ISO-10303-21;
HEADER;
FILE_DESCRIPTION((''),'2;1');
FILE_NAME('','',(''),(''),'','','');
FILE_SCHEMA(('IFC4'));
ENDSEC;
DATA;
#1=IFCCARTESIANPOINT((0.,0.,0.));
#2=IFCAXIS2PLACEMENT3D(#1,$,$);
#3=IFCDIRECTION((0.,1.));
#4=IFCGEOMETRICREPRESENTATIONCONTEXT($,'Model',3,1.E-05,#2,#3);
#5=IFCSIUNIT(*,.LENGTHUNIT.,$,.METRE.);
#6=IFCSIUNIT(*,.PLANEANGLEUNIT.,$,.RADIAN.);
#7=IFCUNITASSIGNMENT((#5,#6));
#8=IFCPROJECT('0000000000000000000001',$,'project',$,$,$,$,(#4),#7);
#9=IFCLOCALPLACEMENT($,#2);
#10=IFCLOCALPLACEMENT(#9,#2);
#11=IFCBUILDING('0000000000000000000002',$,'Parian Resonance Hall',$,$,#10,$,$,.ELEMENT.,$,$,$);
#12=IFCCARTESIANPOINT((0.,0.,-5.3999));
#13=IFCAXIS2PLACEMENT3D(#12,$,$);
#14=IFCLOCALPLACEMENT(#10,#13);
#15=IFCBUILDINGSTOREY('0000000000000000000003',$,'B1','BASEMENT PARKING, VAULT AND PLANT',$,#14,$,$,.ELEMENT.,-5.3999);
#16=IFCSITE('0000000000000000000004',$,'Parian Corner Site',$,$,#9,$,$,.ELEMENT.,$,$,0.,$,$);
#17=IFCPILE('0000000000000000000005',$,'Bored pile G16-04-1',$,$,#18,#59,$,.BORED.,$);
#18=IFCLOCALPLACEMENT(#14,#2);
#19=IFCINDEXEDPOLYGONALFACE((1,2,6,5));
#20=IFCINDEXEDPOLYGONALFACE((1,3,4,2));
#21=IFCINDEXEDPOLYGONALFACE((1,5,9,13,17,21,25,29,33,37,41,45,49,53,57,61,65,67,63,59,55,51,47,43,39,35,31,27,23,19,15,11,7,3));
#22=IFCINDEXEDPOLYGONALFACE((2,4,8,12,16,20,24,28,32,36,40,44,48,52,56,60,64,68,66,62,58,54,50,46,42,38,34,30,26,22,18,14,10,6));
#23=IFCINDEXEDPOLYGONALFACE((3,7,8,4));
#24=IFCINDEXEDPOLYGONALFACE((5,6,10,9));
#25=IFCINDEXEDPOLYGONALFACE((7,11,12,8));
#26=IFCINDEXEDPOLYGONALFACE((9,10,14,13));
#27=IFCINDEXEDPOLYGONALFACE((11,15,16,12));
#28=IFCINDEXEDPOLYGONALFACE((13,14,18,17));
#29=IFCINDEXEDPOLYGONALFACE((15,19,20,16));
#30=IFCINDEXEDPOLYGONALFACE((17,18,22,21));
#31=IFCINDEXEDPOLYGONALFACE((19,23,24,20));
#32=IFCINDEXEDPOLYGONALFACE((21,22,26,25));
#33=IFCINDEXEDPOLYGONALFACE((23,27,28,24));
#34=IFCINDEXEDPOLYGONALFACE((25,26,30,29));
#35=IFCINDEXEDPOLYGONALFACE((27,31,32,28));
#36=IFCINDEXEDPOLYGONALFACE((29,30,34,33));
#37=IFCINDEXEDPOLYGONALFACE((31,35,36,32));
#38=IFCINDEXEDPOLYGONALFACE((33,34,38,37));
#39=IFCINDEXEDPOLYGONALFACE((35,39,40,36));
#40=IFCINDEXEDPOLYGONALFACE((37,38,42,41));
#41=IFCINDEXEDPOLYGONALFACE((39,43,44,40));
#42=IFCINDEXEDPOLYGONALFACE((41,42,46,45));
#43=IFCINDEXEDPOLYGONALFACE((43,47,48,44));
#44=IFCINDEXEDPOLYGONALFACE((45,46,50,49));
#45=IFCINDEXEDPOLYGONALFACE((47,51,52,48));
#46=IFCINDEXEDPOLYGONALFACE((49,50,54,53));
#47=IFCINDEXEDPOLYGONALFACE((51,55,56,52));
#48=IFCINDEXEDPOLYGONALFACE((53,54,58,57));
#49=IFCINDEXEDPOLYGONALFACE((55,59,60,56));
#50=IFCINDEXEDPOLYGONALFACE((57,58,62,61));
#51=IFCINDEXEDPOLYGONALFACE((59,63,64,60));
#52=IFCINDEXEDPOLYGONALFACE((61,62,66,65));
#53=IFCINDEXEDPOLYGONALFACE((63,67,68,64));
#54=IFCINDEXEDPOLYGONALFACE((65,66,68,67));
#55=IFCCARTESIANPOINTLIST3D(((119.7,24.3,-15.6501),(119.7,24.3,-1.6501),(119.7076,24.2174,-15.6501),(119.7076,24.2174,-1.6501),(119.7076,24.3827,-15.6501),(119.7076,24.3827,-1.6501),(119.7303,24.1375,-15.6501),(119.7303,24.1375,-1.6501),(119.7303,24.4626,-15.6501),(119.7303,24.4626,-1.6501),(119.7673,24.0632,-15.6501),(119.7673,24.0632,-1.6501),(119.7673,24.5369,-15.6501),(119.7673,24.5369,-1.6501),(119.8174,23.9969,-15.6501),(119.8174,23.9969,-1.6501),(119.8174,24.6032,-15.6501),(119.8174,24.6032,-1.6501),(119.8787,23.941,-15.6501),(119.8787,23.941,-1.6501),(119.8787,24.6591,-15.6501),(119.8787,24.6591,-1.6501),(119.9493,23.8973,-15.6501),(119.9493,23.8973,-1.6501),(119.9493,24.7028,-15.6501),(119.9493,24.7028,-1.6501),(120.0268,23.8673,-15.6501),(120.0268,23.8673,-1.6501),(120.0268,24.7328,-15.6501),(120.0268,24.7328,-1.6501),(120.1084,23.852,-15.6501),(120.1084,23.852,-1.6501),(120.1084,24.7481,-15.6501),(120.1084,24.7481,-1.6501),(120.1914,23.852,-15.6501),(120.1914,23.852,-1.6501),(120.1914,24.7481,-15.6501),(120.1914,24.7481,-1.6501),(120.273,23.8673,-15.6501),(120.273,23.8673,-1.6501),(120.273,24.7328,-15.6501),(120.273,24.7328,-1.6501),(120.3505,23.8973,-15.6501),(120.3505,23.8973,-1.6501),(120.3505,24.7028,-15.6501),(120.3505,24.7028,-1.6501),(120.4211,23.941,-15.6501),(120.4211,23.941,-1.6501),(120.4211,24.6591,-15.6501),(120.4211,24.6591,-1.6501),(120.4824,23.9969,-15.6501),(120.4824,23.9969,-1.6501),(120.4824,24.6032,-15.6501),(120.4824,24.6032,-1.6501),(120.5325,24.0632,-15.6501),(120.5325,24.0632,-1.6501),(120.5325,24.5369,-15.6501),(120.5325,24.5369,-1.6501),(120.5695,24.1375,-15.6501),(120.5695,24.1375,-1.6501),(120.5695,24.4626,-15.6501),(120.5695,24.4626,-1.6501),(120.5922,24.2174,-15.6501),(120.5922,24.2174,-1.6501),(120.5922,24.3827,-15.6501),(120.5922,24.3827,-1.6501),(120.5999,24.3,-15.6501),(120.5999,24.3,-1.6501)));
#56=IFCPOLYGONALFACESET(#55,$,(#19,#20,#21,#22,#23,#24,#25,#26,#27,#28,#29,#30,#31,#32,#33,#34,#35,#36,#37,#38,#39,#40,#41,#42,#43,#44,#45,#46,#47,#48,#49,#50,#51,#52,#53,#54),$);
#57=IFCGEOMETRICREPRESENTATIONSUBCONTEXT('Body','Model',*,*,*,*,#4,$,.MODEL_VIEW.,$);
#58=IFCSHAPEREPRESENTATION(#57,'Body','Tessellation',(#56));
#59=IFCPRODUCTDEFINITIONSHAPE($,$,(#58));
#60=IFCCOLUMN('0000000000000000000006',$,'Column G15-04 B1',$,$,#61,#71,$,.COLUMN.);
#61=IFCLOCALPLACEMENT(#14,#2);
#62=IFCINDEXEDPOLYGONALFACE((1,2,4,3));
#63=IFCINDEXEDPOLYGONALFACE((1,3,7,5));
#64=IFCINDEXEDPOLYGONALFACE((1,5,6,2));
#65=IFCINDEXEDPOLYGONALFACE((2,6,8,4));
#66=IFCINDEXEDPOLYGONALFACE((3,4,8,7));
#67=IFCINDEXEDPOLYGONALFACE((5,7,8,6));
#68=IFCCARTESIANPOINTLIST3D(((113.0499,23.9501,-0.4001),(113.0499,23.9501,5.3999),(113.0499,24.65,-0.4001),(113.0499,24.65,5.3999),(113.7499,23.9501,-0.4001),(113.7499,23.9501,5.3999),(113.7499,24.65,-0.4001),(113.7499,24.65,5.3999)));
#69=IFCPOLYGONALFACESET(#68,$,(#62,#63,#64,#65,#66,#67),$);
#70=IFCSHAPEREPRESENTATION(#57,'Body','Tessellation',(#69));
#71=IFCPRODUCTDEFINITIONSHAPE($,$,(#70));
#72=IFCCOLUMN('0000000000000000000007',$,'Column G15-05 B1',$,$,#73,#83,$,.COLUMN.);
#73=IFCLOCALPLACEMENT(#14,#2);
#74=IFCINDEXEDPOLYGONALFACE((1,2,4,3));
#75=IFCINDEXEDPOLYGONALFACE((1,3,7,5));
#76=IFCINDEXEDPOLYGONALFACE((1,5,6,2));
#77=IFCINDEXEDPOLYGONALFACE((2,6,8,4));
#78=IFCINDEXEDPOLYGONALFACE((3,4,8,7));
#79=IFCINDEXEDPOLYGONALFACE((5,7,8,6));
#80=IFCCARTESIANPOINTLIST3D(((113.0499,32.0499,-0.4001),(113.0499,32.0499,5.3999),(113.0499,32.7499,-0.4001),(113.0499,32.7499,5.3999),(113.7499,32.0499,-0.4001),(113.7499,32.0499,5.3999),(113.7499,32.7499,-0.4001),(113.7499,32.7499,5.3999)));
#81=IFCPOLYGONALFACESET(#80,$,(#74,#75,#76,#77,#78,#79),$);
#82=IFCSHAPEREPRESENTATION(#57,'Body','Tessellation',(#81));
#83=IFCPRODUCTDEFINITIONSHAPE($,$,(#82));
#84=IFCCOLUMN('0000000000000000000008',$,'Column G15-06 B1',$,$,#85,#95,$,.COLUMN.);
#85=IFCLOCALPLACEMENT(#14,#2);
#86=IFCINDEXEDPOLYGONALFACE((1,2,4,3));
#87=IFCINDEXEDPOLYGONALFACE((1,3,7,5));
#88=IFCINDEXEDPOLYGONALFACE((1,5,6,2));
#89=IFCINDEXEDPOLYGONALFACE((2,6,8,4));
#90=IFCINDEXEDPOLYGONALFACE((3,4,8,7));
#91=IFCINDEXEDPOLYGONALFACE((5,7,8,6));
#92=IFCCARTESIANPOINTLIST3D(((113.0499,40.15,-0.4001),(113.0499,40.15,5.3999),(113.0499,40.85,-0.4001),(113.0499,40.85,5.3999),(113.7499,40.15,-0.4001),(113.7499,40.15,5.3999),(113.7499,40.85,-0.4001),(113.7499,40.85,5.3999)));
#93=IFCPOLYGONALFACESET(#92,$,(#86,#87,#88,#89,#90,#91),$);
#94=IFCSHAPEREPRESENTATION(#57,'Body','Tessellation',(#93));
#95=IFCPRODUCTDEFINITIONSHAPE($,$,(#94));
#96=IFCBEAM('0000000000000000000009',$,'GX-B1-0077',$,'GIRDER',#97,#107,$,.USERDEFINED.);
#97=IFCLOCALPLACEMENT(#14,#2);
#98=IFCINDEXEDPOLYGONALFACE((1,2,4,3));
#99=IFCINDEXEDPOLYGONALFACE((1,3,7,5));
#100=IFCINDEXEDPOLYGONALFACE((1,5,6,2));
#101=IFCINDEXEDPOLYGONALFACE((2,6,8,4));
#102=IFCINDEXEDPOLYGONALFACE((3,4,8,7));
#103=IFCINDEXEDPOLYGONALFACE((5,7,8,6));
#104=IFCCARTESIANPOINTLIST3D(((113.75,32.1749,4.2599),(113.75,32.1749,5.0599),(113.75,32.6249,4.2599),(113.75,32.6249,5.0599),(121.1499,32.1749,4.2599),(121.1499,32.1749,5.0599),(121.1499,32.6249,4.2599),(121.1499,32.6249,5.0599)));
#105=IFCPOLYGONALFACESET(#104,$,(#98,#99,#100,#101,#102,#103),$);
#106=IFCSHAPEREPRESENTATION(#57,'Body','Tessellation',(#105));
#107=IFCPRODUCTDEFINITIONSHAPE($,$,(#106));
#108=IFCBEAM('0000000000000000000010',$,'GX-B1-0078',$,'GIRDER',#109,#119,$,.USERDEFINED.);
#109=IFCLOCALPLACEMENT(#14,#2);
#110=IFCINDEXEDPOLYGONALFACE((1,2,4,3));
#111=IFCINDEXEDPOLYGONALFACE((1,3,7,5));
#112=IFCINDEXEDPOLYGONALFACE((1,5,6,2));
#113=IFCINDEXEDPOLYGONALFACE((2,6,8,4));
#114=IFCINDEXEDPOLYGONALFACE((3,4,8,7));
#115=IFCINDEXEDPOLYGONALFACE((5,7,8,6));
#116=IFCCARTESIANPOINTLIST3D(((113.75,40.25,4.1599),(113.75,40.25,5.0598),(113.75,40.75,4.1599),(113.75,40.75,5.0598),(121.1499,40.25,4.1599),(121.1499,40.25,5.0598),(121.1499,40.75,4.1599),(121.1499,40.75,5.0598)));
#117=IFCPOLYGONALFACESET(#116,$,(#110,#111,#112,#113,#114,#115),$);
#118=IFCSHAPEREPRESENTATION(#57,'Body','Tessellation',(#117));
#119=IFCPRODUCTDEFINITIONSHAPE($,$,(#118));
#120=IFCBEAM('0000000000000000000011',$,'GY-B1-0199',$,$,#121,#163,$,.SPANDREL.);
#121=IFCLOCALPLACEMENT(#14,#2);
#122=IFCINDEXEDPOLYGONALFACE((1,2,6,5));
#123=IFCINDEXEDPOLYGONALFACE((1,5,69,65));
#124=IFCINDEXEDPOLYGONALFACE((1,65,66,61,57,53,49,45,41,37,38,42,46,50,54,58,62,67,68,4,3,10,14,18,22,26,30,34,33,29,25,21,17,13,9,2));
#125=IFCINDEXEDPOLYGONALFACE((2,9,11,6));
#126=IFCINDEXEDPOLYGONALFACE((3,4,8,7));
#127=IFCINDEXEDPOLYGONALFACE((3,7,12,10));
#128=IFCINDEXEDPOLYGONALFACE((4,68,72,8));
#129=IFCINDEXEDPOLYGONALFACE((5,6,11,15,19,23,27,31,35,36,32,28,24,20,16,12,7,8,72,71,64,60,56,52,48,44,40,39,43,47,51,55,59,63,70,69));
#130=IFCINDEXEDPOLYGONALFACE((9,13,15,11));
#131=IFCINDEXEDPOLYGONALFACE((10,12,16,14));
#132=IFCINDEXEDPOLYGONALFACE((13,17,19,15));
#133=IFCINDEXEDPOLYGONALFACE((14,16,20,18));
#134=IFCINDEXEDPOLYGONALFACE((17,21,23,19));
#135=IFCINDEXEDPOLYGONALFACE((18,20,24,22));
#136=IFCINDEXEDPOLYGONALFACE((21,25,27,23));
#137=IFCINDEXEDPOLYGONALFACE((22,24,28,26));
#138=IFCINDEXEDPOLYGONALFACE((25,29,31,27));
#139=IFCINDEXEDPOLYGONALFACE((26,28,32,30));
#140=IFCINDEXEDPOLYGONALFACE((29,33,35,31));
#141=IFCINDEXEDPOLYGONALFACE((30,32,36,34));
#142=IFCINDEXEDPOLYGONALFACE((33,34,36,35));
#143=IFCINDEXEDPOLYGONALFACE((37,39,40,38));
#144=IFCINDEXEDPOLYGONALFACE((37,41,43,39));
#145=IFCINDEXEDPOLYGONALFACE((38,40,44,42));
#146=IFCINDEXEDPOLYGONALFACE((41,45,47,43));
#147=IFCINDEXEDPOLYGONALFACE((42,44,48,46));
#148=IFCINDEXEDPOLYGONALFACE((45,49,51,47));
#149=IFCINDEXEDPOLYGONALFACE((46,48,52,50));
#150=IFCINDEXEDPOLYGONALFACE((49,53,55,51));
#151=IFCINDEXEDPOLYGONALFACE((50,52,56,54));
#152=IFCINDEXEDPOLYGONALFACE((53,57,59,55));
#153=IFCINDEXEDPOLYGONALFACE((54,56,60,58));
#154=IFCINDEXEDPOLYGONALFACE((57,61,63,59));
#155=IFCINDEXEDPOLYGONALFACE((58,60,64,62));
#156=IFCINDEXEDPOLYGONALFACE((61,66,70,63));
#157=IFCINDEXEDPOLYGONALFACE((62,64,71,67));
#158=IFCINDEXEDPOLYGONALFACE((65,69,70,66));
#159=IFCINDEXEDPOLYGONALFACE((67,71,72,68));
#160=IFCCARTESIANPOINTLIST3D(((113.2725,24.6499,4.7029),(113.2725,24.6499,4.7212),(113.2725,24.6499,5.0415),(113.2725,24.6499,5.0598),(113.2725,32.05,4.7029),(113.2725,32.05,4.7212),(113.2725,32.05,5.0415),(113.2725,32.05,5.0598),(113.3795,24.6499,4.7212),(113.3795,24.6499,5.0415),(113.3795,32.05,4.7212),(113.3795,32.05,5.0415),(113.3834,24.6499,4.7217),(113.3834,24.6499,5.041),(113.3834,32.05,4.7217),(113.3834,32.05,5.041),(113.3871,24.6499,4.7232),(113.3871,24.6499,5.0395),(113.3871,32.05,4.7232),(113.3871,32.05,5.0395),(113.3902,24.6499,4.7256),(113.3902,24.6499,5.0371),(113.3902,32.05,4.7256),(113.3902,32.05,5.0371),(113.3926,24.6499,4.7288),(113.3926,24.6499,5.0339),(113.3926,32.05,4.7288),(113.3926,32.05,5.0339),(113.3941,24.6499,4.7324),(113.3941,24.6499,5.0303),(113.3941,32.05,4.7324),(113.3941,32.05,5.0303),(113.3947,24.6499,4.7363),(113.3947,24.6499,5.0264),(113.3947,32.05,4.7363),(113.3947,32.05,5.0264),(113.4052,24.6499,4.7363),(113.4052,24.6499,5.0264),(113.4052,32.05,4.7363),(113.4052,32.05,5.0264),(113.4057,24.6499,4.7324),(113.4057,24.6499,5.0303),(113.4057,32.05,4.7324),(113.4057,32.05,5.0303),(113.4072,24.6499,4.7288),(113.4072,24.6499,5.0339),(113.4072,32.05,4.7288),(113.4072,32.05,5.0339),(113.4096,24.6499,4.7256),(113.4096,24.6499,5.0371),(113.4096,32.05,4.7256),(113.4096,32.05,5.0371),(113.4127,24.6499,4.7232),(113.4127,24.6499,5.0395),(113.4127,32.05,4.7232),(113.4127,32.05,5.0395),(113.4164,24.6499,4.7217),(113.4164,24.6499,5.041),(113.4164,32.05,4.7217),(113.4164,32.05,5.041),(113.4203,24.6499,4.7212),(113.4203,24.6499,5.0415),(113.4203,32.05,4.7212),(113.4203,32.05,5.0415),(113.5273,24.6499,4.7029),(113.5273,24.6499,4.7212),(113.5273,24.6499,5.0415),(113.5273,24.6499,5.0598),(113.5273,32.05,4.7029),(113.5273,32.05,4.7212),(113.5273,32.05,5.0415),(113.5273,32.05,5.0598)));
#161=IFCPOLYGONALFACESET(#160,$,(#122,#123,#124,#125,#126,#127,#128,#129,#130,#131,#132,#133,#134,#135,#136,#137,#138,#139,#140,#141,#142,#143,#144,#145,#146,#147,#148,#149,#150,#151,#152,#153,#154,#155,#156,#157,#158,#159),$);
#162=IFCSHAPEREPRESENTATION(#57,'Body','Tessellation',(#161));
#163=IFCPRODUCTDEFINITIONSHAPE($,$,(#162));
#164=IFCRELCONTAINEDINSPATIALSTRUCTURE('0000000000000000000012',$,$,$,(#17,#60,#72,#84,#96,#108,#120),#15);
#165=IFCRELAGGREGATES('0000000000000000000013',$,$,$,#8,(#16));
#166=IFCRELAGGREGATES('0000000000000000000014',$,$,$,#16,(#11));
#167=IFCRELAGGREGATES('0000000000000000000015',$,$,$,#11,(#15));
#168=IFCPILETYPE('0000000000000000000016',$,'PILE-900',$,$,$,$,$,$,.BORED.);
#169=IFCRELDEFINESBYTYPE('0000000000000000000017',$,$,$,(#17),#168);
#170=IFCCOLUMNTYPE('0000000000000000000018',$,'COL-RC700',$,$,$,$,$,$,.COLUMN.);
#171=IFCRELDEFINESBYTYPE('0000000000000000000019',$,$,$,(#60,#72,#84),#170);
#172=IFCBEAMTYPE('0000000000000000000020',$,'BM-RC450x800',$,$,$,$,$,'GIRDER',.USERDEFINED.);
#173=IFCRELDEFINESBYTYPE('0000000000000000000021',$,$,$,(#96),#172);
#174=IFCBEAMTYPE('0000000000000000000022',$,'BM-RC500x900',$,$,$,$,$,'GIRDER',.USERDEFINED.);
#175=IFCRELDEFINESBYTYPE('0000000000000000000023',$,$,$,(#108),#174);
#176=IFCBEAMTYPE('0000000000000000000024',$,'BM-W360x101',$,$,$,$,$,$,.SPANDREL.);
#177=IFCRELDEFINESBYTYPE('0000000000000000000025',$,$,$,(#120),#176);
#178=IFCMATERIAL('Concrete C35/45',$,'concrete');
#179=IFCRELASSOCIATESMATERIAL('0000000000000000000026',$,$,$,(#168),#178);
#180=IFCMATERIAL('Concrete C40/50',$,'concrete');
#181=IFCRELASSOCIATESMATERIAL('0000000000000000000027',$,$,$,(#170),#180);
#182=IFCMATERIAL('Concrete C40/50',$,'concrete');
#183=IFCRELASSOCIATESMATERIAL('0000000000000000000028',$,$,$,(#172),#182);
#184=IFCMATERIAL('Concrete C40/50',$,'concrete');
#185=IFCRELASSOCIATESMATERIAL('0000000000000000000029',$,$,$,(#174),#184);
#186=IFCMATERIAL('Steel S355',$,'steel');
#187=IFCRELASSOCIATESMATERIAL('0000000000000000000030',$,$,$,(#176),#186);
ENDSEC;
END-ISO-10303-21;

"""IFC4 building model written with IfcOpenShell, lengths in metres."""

from ifc_helpers import new_model, si_unit, direction, frame, origin, origin_2d, place, context, subcontext, project, spatial, rectangle, circle, i_section, extrude, material, material_profile, profile_set, type_object, element, save


model = new_model("IFC4")

# Units and contexts
model_context = context("Model", 3, precision=1e-05, world=origin(), true_north=direction((0.0, 1.0)))
body_context = subcontext(model_context, "Body", "Model", "MODEL_VIEW")
ifc_project = project(units=[si_unit("LENGTHUNIT", "METRE"), si_unit("PLANEANGLEUNIT", "RADIAN")], contexts=[model_context])

# Site, building, storey
site_placement = place(None, origin())
site = spatial("IfcSite", under=ifc_project, at=site_placement, Name="Parian Corner Site", CompositionType="ELEMENT", RefElevation=0.0)
building_placement = place(site_placement, origin())
building = spatial("IfcBuilding", under=site, at=building_placement, Name="Parian Resonance Hall", CompositionType="ELEMENT")
storey_placement = place(building_placement, frame((0.0, 0.0, -5.3999)))
storey = spatial("IfcBuildingStorey", under=building, at=storey_placement, Name="B1", Description="BASEMENT PARKING, VAULT AND PLANT", CompositionType="ELEMENT", Elevation=-5.3999)

# Pile
ifc_material_1 = material(Name="Concrete C35/45", Category="concrete")
ifc_material_profile_1 = material_profile(ifc_material_1, circle(Radius=0.45, at=origin_2d()), Name="PILE-D900")
ifc_profile_set_1 = profile_set([ifc_material_profile_1], Name="Concrete C35/45")
pile_type_1 = type_object("IfcPileType", Name="PILE-900", PredefinedType="BORED", material=ifc_profile_set_1)
for number, where, z_axis, x_axis, name in (
    (1, (120.1499, 24.3, -1.6501), (0.0, 0.0, -1.0), (1.0, 0.0, 0.0), "Bored pile G16-04-1"),
):
    element("IfcPile", number, at=place(storey_placement, frame(where, z_axis=z_axis, x_axis=x_axis)), inside=storey, type_object=pile_type_1, Name=name, PredefinedType="BORED", context=body_context, shape_type="SweptSolid", body=[
        extrude(circle(Radius=0.45, at=origin_2d()), origin(), (0.0, 0.0, 1.0), 14.0),
    ])

# Columns
ifc_material_2 = material(Name="Concrete C40/50", Category="concrete")
ifc_material_profile_2 = material_profile(ifc_material_2, rectangle(XDim=0.7, YDim=0.7, at=origin_2d()), Name="RC-COL-700x700")
ifc_profile_set_2 = profile_set([ifc_material_profile_2], Name="Concrete C40/50")
column_type = type_object("IfcColumnType", Name="COL-RC700", PredefinedType="COLUMN", material=ifc_profile_set_2)
for number, where, z_axis, x_axis, name in (
    (2, (113.3999, 24.3, -0.4001), (0.0, 0.0, 1.0), (1.0, 0.0, 0.0), "Column G15-04 B1"),
    (3, (113.3999, 32.3999, -0.4001), (0.0, 0.0, 1.0), (1.0, 0.0, 0.0), "Column G15-05 B1"),
    (4, (113.3999, 40.5, -0.4001), (0.0, 0.0, 1.0), (1.0, 0.0, 0.0), "Column G15-06 B1"),
):
    element("IfcColumn", number, at=place(storey_placement, frame(where, z_axis=z_axis, x_axis=x_axis)), inside=storey, type_object=column_type, Name=name, PredefinedType="COLUMN", context=body_context, shape_type="SweptSolid", body=[
        extrude(rectangle(XDim=0.7, YDim=0.7, at=origin_2d()), origin(), (0.0, 0.0, 1.0), 5.8),
    ])

# Beams
ifc_material_3 = material(Name="Concrete C40/50", Category="concrete")
ifc_material_profile_3 = material_profile(ifc_material_3, rectangle(XDim=0.45, YDim=0.8, at=origin_2d()), Name="RC-BM-450x800")
ifc_profile_set_3 = profile_set([ifc_material_profile_3], Name="Concrete C40/50")
beam_type_1 = type_object("IfcBeamType", Name="BM-RC450x800", ElementType="GIRDER", PredefinedType="USERDEFINED", material=ifc_profile_set_3)
beam_1_placement = place(storey_placement, frame((113.75, 32.3999, 4.6599), z_axis=(1.0, 0.0, 0.0), x_axis=(0.0, 1.0, 0.0)))
element("IfcBeam", 5, at=beam_1_placement, inside=storey, type_object=beam_type_1, Name="GX-B1-0077", ObjectType="GIRDER", PredefinedType="USERDEFINED", context=body_context, shape_type="SweptSolid", body=[
    extrude(rectangle(XDim=0.45, YDim=0.8, at=origin_2d()), origin(), (0.0, 0.0, 1.0), 7.3999),
])
ifc_material_4 = material(Name="Concrete C40/50", Category="concrete")
ifc_material_profile_4 = material_profile(ifc_material_4, rectangle(XDim=0.5, YDim=0.8999, at=origin_2d()), Name="RC-BM-500x900")
ifc_profile_set_4 = profile_set([ifc_material_profile_4], Name="Concrete C40/50")
beam_type_2 = type_object("IfcBeamType", Name="BM-RC500x900", ElementType="GIRDER", PredefinedType="USERDEFINED", material=ifc_profile_set_4)
beam_2_placement = place(storey_placement, frame((113.75, 40.5, 4.6099), z_axis=(1.0, 0.0, 0.0), x_axis=(0.0, 1.0, 0.0)))
element("IfcBeam", 6, at=beam_2_placement, inside=storey, type_object=beam_type_2, Name="GX-B1-0078", ObjectType="GIRDER", PredefinedType="USERDEFINED", context=body_context, shape_type="SweptSolid", body=[
    extrude(rectangle(XDim=0.5, YDim=0.8999, at=origin_2d()), origin(), (0.0, 0.0, 1.0), 7.3999),
])
ifc_material_5 = material(Name="Steel S355", Category="steel")
ifc_material_profile_5 = material_profile(ifc_material_5, i_section(OverallWidth=0.2549, OverallDepth=0.3569, WebThickness=0.0105, FlangeThickness=0.0183, FilletRadius=0.0151, at=origin_2d()), Name="W360x101")
ifc_profile_set_5 = profile_set([ifc_material_profile_5], Name="Steel S355")
beam_type_3 = type_object("IfcBeamType", Name="BM-W360x101", PredefinedType="SPANDREL", material=ifc_profile_set_5)
beam_3_placement = place(storey_placement, frame((113.3999, 24.6499, 4.8813), z_axis=(0.0, 1.0, 0.0), x_axis=(-1.0, 0.0, 0.0)))
element("IfcBeam", 7, at=beam_3_placement, inside=storey, type_object=beam_type_3, Name="GY-B1-0199", PredefinedType="SPANDREL", context=body_context, shape_type="SweptSolid", body=[
    extrude(i_section(OverallWidth=0.2549, OverallDepth=0.3569, WebThickness=0.0105, FlangeThickness=0.0183, FilletRadius=0.0151, at=origin_2d()), origin(), (0.0, 0.0, 1.0), 7.4001),
])

save(model, "model.ifc")
